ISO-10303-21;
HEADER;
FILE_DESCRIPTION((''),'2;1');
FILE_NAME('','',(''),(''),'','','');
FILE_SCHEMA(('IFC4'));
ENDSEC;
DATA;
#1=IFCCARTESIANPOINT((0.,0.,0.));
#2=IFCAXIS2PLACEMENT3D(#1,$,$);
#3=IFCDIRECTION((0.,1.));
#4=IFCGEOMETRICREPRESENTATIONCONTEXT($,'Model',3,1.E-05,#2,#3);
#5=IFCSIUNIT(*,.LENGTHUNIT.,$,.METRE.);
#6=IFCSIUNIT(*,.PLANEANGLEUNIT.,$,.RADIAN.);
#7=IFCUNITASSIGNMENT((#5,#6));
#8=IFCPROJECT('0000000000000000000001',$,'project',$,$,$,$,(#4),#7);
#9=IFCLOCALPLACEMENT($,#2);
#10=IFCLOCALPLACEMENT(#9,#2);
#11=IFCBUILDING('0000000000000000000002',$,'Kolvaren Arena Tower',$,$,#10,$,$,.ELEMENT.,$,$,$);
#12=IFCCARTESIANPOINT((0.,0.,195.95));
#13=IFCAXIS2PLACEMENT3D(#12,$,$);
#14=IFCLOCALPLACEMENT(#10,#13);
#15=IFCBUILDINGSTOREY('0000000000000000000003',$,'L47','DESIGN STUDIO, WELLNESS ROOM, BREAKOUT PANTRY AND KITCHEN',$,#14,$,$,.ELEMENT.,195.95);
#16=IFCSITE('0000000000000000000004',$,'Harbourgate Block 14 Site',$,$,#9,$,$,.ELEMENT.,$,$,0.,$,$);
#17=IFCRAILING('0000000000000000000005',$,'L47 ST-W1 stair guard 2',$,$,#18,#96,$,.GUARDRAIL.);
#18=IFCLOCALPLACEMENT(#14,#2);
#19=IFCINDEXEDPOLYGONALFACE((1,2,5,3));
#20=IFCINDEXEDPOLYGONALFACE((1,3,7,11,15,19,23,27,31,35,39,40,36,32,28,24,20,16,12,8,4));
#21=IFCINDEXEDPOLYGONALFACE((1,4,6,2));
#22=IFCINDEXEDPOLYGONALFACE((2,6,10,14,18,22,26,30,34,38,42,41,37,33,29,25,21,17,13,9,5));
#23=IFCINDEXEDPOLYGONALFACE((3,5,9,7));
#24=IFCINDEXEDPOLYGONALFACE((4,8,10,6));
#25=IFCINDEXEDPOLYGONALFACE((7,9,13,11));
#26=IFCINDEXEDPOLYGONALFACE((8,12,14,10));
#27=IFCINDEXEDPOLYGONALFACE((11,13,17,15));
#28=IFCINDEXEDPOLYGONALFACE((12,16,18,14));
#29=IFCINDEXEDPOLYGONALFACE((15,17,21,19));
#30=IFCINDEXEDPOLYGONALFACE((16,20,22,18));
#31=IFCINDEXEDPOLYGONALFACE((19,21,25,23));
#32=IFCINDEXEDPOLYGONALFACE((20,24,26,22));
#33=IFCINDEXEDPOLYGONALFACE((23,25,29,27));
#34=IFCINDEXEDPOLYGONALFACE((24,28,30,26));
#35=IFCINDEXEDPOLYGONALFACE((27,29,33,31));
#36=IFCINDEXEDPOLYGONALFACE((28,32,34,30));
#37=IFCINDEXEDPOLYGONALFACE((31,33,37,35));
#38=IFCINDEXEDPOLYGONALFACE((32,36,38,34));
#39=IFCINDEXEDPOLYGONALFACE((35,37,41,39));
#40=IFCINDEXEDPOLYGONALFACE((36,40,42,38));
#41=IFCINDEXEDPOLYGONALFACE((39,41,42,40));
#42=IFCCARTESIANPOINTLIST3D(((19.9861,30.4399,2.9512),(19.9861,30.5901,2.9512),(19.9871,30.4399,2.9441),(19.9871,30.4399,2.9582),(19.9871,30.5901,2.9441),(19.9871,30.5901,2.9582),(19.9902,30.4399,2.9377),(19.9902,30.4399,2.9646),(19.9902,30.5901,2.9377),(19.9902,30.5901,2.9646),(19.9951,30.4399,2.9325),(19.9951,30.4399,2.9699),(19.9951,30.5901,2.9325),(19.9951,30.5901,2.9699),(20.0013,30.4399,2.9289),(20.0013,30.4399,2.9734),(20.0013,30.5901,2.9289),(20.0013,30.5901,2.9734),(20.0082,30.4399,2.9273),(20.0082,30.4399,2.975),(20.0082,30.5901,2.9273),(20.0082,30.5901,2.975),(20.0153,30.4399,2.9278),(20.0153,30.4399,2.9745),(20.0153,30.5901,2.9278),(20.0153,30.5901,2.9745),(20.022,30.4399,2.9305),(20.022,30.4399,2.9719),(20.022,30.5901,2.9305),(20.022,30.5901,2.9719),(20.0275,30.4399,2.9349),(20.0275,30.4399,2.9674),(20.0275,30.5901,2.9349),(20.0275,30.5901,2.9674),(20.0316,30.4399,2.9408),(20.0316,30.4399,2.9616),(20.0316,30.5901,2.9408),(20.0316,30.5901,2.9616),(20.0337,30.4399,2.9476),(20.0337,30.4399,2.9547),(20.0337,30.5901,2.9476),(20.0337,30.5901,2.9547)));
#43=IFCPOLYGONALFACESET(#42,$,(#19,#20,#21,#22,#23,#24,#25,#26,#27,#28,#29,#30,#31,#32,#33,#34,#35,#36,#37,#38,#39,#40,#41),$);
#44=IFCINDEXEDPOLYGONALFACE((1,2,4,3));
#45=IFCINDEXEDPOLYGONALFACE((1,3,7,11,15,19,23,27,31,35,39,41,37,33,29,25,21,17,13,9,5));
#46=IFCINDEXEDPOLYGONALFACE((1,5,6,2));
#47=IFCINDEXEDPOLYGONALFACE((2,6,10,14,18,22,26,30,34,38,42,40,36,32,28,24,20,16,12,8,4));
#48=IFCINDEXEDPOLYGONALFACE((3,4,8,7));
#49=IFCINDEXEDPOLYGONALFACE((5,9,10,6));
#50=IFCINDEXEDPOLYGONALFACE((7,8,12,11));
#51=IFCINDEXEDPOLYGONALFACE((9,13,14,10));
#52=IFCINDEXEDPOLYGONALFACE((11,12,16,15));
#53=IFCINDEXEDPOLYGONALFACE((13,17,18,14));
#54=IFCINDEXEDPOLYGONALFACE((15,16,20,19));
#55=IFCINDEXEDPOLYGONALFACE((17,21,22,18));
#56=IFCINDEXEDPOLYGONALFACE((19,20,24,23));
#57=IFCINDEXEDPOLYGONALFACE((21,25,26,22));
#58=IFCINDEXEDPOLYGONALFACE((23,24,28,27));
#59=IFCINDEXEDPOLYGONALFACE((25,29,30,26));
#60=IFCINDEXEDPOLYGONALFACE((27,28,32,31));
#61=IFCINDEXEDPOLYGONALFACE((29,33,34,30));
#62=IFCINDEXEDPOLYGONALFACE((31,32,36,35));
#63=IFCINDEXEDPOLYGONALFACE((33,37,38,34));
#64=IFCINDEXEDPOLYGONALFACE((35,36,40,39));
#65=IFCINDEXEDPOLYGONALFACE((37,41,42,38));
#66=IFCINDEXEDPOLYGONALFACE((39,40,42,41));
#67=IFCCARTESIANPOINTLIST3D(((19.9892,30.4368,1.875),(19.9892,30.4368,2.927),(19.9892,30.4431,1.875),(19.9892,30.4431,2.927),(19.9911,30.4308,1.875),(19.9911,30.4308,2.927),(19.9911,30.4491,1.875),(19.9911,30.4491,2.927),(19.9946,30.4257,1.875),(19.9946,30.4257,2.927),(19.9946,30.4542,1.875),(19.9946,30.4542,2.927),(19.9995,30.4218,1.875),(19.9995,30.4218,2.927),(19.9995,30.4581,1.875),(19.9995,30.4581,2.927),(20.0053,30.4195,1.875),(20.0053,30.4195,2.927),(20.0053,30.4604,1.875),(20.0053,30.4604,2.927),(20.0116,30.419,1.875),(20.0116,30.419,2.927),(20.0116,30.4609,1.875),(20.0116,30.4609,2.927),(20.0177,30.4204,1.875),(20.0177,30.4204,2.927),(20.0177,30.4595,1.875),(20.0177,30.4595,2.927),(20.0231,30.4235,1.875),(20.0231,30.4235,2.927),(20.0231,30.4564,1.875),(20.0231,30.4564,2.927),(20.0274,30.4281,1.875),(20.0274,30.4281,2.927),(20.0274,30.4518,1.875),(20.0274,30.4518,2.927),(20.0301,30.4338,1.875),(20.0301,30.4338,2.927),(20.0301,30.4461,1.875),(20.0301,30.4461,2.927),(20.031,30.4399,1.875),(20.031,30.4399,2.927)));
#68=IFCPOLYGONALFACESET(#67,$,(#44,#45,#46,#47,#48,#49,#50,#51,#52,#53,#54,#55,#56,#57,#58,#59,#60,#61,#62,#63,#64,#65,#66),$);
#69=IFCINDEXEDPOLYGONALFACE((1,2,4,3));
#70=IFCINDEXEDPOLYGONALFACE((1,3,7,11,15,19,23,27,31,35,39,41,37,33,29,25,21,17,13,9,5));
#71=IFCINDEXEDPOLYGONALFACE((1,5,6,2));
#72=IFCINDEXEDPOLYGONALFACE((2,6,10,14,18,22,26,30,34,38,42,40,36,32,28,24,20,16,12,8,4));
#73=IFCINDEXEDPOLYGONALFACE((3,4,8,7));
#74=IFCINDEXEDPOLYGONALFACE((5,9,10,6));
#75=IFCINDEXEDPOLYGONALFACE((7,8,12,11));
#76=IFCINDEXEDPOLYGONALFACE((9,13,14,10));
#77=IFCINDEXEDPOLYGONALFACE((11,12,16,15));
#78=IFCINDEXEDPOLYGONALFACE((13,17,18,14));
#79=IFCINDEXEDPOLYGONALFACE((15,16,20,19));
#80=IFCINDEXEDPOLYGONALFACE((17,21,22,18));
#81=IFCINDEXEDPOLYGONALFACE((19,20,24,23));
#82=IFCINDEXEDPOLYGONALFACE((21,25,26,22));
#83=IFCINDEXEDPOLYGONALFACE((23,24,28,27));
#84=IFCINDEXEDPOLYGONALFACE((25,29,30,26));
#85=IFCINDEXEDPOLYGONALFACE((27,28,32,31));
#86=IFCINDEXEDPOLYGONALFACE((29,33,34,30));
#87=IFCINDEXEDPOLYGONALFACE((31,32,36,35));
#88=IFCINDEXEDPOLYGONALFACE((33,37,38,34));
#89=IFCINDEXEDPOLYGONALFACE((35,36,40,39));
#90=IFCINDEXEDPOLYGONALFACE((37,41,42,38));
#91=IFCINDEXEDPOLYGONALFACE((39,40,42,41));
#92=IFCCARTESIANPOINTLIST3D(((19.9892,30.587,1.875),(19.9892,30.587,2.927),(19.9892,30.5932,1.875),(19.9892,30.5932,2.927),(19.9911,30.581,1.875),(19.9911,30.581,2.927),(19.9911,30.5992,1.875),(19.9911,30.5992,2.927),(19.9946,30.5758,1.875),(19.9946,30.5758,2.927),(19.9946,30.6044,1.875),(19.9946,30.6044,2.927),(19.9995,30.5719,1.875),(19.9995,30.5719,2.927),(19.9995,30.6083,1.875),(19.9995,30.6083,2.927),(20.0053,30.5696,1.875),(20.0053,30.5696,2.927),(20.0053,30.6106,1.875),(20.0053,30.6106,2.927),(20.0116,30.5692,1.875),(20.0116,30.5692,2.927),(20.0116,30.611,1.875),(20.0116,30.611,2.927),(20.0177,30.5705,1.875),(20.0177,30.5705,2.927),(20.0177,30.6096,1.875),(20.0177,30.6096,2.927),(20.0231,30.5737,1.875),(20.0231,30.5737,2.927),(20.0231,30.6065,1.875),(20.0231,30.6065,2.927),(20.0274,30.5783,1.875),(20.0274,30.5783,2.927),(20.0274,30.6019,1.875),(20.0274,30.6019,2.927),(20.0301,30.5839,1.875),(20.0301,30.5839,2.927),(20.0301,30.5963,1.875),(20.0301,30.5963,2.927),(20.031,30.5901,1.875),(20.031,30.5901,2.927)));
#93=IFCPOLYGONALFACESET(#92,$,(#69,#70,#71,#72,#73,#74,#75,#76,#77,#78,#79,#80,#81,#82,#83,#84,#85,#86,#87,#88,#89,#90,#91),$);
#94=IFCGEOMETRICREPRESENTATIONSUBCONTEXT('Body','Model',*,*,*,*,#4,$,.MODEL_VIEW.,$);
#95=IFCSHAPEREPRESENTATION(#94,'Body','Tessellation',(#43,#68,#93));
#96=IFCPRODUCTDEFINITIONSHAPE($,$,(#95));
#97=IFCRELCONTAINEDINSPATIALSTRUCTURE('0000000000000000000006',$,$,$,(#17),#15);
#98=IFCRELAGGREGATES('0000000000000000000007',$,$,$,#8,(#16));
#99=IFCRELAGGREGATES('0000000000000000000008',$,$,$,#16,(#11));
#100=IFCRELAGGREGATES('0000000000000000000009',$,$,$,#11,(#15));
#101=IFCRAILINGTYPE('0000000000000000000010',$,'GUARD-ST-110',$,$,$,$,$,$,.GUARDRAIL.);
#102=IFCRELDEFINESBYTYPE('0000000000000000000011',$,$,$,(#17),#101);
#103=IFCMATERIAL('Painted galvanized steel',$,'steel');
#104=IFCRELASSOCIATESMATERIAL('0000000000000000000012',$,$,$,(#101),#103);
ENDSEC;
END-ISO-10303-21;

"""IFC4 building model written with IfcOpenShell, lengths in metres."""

from ifc_helpers import new_model, si_unit, direction, frame, origin, origin_2d, place, context, subcontext, project, spatial, circle, extrude, material, type_object, element, save


model = new_model("IFC4")

# Units and contexts
model_context = context("Model", 3, precision=1e-05, world=origin(), true_north=direction((0.0, 1.0)))
body_context = subcontext(model_context, "Body", "Model", "MODEL_VIEW")
ifc_project = project(units=[si_unit("LENGTHUNIT", "METRE"), si_unit("PLANEANGLEUNIT", "RADIAN")], contexts=[model_context])

# Site, building, storey
site_placement = place(None, origin())
site = spatial("IfcSite", under=ifc_project, at=site_placement, Name="Harbourgate Block 14 Site", CompositionType="ELEMENT", RefElevation=0.0)
building_placement = place(site_placement, origin())
building = spatial("IfcBuilding", under=site, at=building_placement, Name="Kolvaren Arena Tower", CompositionType="ELEMENT")
storey_placement = place(building_placement, frame((0.0, 0.0, 195.95)))
storey = spatial("IfcBuildingStorey", under=building, at=storey_placement, Name="L47", Description="DESIGN STUDIO, WELLNESS ROOM, BREAKOUT PANTRY AND KITCHEN", CompositionType="ELEMENT", Elevation=195.95)

# Railing
ifc_material_1 = material(Name="Painted galvanized steel", Category="steel")
railing_type_1 = type_object("IfcRailingType", Name="GUARD-ST-110", PredefinedType="GUARDRAIL", material=ifc_material_1)
railing_1_placement = place(storey_placement, frame((20.01, 30.4399, 1.875)))
element("IfcRailing", 1, at=railing_1_placement, inside=storey, type_object=railing_type_1, Name="L47 ST-W1 stair guard 2", PredefinedType="GUARDRAIL", context=body_context, shape_type="SweptSolid", body=[
    extrude(circle(Radius=0.0239, at=origin_2d()), frame((0.0, 0.0, 1.0762), z_axis=(0.0, 1.0, 0.0), x_axis=(-1.0, 0.0, 0.0)), (0.0, 0.0, 1.0), 0.1501),
    extrude(circle(Radius=0.021, at=origin_2d()), origin(), (0.0, 0.0, 1.0), 1.052),
    extrude(circle(Radius=0.021, at=origin_2d()), frame((0.0, 0.1501, 0.0)), (0.0, 0.0, 1.0), 1.052),
])

save(model, "model.ifc")
